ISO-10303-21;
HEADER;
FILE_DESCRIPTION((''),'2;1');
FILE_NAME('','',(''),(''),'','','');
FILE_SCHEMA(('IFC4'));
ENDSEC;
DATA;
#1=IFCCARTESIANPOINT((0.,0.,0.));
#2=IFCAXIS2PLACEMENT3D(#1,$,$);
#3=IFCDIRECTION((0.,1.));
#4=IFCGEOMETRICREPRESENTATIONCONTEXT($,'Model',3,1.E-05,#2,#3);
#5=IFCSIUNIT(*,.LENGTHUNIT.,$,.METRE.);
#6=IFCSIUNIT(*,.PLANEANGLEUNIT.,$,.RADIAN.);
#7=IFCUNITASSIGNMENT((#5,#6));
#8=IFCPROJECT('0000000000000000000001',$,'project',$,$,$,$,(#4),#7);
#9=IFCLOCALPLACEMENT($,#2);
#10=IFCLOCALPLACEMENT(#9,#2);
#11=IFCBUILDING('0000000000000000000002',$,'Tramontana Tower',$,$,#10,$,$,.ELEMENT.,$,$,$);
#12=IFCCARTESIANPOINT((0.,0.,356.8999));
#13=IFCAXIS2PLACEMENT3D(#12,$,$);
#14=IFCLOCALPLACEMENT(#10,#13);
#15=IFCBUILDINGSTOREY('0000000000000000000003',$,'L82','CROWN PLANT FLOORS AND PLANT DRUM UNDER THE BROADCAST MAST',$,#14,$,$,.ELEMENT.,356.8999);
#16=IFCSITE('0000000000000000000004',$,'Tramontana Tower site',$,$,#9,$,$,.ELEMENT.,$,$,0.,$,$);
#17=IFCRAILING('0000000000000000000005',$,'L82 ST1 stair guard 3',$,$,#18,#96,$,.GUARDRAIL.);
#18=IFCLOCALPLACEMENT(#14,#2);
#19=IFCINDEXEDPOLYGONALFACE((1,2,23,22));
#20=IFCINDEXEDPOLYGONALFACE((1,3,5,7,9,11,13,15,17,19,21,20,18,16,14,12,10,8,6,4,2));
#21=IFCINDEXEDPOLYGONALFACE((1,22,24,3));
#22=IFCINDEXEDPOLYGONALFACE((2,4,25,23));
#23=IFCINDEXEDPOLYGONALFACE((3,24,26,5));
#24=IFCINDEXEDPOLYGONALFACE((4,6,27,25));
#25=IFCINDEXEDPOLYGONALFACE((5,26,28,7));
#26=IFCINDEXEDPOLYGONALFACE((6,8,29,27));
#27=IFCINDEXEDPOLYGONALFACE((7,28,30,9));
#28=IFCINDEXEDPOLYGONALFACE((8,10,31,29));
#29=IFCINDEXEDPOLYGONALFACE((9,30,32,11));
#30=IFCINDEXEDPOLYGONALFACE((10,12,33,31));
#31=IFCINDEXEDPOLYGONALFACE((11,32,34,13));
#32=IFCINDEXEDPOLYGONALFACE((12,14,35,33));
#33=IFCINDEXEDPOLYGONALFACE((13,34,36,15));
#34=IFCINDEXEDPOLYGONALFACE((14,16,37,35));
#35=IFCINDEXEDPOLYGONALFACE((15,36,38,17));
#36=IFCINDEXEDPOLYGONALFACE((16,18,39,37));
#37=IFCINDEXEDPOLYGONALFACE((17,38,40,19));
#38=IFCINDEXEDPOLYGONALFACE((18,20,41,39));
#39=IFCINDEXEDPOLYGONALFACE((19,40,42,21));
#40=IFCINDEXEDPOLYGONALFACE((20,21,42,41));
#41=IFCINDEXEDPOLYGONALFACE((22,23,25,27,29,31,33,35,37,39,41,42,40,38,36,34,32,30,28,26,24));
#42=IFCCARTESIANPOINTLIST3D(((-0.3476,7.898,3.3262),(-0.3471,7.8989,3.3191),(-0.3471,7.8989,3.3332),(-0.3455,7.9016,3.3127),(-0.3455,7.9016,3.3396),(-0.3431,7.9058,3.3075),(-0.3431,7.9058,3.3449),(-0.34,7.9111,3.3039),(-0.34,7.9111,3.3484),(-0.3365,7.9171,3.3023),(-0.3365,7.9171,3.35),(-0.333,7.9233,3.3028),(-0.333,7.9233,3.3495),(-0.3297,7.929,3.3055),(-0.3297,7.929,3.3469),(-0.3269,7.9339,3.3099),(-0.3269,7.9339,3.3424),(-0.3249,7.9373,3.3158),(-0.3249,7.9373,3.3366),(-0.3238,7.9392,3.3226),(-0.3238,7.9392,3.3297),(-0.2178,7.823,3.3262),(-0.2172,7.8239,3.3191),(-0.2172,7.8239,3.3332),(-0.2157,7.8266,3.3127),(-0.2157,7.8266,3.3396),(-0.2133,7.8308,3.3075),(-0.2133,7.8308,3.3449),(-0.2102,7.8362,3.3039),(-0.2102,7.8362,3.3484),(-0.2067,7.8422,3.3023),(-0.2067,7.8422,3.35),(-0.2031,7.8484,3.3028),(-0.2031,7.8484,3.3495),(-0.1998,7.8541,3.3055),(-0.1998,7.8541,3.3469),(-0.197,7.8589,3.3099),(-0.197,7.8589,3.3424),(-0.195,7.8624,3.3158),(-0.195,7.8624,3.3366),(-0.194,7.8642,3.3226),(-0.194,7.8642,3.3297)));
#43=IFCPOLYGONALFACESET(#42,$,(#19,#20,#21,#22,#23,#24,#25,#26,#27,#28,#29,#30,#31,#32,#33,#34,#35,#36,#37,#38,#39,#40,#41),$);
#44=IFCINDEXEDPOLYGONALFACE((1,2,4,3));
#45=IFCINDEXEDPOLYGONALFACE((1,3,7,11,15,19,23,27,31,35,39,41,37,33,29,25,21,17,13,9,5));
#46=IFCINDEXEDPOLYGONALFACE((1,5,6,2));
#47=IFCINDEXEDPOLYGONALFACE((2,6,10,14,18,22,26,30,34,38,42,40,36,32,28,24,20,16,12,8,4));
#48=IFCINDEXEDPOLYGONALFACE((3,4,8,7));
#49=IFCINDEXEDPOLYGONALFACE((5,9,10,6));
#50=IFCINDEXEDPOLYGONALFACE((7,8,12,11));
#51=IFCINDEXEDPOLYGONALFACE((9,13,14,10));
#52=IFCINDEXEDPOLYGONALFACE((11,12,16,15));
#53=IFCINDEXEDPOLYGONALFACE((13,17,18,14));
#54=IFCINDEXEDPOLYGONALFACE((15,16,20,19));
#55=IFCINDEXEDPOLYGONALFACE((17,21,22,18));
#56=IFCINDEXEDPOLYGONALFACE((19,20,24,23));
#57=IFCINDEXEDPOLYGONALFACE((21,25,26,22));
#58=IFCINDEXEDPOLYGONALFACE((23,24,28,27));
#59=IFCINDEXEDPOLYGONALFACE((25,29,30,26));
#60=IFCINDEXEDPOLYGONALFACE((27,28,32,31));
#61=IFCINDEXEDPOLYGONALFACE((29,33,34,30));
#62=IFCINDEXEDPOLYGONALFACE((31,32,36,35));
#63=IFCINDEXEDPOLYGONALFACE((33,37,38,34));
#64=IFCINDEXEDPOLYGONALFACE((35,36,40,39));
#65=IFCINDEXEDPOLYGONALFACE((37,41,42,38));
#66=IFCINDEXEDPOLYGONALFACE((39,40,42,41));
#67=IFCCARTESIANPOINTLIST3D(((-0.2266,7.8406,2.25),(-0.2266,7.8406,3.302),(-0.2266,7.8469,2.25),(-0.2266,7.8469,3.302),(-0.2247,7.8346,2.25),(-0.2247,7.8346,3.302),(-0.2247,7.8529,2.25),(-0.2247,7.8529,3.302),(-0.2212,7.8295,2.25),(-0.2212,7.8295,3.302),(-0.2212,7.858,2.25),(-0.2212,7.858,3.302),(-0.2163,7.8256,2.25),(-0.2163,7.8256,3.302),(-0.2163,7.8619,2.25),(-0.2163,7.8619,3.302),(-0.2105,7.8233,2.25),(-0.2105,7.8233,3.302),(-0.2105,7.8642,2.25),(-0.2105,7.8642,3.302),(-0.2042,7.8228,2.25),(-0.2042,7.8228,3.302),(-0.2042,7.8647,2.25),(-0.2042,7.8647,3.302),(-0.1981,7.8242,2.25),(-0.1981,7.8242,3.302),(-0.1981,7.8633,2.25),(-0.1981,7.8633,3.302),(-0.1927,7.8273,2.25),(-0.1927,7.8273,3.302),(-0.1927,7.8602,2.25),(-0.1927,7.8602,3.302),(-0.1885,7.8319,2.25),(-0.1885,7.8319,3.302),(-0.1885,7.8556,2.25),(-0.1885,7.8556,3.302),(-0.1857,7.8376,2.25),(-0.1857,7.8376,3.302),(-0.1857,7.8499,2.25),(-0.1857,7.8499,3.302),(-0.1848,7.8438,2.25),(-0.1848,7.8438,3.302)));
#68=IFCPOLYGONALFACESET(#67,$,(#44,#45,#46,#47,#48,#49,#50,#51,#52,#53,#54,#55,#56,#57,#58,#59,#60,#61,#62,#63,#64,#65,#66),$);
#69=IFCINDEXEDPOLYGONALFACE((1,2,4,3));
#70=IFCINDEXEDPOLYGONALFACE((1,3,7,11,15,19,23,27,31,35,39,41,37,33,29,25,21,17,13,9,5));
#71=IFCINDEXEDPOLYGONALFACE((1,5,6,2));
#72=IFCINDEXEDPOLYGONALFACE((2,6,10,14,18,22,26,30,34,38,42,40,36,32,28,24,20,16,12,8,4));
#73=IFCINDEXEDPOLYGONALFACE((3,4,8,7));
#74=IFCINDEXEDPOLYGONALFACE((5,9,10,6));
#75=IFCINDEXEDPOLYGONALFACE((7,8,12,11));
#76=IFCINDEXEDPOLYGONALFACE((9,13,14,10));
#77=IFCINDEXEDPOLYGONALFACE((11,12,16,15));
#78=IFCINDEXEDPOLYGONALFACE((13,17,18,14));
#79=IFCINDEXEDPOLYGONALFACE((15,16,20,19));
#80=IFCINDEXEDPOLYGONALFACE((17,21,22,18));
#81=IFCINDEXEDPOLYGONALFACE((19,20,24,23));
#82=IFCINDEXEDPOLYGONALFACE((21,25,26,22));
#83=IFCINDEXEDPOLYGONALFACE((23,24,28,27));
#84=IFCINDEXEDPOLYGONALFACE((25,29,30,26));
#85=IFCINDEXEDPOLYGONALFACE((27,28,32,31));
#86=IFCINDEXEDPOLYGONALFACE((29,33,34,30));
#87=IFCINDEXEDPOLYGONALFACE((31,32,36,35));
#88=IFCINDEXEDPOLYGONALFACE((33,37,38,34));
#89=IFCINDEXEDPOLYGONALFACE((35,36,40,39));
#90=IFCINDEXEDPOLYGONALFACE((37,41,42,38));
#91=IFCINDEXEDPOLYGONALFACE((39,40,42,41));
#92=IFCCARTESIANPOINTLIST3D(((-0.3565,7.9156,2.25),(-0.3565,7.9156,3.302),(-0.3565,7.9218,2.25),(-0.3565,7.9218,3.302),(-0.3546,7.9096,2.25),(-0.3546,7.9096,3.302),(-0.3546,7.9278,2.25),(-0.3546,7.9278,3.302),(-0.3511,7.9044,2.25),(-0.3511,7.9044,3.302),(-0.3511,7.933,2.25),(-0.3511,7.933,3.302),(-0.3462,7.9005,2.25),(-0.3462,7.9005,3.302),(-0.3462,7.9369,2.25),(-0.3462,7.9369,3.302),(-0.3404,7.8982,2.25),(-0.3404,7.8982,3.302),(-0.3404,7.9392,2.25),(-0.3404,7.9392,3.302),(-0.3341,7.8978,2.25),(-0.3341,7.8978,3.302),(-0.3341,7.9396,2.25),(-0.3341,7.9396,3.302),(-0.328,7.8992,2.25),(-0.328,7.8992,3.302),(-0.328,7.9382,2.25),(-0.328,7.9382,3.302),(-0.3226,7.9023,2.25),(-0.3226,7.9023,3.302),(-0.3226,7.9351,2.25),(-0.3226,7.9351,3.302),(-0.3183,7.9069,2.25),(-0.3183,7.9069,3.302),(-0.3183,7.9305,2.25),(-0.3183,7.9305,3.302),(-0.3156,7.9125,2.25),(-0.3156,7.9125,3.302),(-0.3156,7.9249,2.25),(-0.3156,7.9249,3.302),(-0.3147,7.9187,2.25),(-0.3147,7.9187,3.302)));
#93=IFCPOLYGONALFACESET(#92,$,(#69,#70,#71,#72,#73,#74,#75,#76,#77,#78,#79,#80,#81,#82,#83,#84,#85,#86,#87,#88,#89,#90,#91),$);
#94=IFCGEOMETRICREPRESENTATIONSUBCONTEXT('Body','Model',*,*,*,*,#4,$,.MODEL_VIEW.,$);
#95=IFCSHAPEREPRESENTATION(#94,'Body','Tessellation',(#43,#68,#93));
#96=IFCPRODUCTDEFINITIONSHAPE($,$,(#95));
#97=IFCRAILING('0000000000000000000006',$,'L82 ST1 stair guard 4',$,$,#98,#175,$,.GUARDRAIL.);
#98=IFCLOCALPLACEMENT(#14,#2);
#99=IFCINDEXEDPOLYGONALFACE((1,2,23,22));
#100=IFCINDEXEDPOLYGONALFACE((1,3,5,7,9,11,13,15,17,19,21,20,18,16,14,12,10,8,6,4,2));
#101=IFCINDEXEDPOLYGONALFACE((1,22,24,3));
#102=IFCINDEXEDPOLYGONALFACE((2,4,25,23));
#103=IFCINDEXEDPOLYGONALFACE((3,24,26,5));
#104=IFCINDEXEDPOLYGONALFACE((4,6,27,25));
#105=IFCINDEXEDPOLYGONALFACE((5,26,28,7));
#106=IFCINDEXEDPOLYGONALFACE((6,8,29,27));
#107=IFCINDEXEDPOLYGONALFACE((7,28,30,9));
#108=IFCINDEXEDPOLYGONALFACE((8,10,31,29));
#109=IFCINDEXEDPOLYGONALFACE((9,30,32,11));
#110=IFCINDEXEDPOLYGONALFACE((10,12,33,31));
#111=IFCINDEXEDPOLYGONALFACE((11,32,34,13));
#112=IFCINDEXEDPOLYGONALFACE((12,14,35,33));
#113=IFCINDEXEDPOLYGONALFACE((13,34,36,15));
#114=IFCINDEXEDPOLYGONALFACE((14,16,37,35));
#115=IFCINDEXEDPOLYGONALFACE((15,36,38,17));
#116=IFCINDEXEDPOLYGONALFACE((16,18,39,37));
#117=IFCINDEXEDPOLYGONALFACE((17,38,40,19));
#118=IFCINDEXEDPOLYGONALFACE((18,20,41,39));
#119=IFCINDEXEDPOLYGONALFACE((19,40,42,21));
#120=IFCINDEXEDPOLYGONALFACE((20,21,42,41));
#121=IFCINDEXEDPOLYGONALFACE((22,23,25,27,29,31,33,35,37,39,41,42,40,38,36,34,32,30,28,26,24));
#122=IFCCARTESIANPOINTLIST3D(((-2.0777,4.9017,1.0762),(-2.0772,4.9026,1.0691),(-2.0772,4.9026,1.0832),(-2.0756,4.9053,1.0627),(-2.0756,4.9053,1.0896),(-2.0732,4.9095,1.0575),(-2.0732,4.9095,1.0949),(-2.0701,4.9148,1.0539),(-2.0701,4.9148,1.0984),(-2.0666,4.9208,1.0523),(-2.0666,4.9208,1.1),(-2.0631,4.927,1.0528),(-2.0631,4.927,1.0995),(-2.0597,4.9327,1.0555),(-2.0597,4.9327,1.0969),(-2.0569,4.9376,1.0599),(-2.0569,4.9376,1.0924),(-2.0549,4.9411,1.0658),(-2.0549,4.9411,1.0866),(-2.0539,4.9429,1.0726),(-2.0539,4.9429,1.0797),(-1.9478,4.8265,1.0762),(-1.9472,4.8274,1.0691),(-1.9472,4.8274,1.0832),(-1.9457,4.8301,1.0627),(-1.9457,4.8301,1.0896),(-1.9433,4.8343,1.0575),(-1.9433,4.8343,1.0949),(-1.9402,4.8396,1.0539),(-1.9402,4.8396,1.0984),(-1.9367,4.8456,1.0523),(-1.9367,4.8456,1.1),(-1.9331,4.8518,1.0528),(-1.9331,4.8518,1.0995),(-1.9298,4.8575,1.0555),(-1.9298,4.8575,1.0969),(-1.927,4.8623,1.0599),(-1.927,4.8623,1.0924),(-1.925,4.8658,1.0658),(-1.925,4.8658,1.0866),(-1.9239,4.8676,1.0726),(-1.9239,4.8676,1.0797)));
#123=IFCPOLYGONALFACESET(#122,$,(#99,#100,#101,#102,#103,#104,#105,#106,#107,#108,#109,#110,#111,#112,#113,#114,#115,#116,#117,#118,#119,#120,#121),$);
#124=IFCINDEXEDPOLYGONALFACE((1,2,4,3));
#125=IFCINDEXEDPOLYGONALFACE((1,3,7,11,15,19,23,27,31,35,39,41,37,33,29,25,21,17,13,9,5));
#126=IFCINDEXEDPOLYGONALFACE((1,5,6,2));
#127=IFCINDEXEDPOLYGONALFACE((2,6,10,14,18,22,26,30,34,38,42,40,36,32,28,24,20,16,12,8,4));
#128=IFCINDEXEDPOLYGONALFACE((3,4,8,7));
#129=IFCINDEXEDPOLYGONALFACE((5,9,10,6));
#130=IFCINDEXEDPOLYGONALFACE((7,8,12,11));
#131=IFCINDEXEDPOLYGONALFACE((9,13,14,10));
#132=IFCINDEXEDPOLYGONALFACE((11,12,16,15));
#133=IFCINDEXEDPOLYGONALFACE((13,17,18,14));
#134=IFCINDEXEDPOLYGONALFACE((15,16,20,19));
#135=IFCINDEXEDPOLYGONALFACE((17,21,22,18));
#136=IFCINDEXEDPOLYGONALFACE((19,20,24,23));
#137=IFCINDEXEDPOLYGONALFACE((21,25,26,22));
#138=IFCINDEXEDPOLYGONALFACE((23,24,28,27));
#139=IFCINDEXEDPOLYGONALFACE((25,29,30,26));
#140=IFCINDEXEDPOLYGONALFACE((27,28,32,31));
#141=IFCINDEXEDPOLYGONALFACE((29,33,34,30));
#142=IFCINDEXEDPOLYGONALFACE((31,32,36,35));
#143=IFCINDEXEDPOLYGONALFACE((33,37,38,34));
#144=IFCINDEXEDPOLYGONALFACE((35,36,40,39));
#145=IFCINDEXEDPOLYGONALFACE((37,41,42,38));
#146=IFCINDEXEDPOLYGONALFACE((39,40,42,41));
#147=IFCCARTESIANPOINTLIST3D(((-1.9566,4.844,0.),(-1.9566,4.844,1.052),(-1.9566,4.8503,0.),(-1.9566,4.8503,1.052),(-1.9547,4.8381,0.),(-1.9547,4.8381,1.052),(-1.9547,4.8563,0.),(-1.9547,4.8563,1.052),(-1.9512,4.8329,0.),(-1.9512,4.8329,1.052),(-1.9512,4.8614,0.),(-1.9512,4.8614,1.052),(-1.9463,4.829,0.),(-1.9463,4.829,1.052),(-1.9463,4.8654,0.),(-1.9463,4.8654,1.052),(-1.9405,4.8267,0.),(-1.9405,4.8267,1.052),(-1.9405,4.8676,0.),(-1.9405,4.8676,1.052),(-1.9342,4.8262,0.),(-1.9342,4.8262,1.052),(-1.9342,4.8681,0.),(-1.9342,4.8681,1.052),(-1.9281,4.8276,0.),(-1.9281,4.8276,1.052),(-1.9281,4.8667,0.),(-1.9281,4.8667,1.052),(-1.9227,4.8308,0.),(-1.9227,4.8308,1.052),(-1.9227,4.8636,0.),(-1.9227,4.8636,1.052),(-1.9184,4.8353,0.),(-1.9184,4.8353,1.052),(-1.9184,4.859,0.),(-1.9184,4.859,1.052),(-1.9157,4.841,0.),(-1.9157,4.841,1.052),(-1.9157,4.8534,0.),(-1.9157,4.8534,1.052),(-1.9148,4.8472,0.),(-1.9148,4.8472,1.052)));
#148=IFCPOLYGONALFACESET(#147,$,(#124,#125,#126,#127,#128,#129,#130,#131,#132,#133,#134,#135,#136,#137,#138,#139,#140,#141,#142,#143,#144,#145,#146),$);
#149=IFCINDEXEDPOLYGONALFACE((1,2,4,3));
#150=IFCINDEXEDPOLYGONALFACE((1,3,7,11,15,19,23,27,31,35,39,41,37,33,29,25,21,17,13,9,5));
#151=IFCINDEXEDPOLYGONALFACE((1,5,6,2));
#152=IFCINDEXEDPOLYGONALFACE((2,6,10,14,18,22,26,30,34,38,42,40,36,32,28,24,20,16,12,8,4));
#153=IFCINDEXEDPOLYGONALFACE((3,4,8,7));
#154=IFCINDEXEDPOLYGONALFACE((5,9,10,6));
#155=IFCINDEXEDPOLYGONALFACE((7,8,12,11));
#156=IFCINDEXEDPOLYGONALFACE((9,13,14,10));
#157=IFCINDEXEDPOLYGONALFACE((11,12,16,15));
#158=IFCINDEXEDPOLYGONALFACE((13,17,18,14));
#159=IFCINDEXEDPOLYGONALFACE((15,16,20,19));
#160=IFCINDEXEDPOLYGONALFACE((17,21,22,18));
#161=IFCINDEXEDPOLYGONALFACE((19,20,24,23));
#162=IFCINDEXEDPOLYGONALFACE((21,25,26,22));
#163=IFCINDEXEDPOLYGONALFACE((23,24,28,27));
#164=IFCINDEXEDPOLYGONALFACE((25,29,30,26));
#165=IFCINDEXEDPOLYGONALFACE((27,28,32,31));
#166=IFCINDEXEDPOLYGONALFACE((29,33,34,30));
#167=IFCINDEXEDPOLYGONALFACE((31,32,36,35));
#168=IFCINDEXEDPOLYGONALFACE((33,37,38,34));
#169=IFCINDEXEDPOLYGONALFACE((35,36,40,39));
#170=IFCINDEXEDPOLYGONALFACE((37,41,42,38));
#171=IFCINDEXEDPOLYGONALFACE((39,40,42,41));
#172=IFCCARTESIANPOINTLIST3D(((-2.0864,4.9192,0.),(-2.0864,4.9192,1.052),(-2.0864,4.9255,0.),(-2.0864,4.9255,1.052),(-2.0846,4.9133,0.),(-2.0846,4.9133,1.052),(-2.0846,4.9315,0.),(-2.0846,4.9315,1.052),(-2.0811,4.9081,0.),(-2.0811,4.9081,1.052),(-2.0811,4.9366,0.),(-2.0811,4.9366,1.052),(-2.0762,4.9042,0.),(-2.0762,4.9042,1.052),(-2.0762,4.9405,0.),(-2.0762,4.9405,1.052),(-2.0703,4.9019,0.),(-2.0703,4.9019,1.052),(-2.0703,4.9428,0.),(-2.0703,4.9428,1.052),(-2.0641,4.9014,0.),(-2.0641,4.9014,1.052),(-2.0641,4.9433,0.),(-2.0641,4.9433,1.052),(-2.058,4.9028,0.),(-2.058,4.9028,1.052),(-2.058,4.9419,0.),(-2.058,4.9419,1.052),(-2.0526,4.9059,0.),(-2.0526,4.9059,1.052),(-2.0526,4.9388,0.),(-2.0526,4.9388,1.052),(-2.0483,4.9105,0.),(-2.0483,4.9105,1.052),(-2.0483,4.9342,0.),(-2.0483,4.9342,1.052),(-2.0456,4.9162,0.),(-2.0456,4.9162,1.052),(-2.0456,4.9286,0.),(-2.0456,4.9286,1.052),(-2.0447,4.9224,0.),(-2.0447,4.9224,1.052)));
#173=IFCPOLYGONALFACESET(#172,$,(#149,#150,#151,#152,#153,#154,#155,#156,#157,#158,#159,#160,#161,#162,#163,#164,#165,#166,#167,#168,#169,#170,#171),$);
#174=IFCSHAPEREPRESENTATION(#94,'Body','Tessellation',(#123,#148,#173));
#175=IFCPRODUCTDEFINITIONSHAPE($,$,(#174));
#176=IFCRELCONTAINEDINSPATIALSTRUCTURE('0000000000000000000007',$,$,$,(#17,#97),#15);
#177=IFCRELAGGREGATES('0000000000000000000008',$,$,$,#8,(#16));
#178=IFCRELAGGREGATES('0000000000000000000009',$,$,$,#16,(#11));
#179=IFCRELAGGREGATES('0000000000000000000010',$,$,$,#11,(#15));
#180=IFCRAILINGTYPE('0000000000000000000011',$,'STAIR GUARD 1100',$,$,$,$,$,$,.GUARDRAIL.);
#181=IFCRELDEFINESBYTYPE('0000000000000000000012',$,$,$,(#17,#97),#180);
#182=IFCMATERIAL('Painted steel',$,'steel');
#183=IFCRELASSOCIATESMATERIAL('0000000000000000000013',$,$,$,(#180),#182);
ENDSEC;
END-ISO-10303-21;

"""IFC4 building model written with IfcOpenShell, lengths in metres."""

from ifc_helpers import new_model, si_unit, direction, frame, origin, origin_2d, place, context, subcontext, project, spatial, circle, extrude, material, type_object, element, save


model = new_model("IFC4")

# Units and contexts
model_context = context("Model", 3, precision=1e-05, world=origin(), true_north=direction((0.0, 1.0)))
body_context = subcontext(model_context, "Body", "Model", "MODEL_VIEW")
ifc_project = project(units=[si_unit("LENGTHUNIT", "METRE"), si_unit("PLANEANGLEUNIT", "RADIAN")], contexts=[model_context])

# Site, building, storey
site_placement = place(None, origin())
site = spatial("IfcSite", under=ifc_project, at=site_placement, Name="Tramontana Tower site", CompositionType="ELEMENT", RefElevation=0.0)
building_placement = place(site_placement, origin())
building = spatial("IfcBuilding", under=site, at=building_placement, Name="Tramontana Tower", CompositionType="ELEMENT")
storey_placement = place(building_placement, frame((0.0, 0.0, 356.8999)))
storey = spatial("IfcBuildingStorey", under=building, at=storey_placement, Name="L82", Description="CROWN PLANT FLOORS AND PLANT DRUM UNDER THE BROADCAST MAST", CompositionType="ELEMENT", Elevation=356.8999)

# Railings
ifc_material_1 = material(Name="Painted steel", Category="steel")
railing_type_1 = type_object("IfcRailingType", Name="STAIR GUARD 1100", PredefinedType="GUARDRAIL", material=ifc_material_1)
railing_1_placement = place(storey_placement, frame((-0.2058, 7.8438, 2.25)))
element("IfcRailing", 1, at=railing_1_placement, inside=storey, type_object=railing_type_1, Name="L82 ST1 stair guard 3", PredefinedType="GUARDRAIL", context=body_context, shape_type="SweptSolid", body=[
    extrude(circle(Radius=0.0239, at=origin_2d()), frame((0.0, 0.0, 1.0762), z_axis=(-0.866131, 0.499816, 0.0), x_axis=(-0.499816, -0.866131, 0.0)), (0.0, 0.0, 1.0), 0.1499),
    extrude(circle(Radius=0.021, at=origin_2d()), origin(), (0.0, 0.0, 1.0), 1.052),
    extrude(circle(Radius=0.021, at=origin_2d()), frame((-0.1299, 0.075, 0.0)), (0.0, 0.0, 1.0), 1.052),
])
railing_2_placement = place(storey_placement, frame((-1.9358, 4.8472, 0.0)))
element("IfcRailing", 2, at=railing_2_placement, inside=storey, type_object=railing_type_1, Name="L82 ST1 stair guard 4", PredefinedType="GUARDRAIL", context=body_context, shape_type="SweptSolid", body=[
    extrude(circle(Radius=0.0239, at=origin_2d()), frame((0.0, 0.0, 1.0762), z_axis=(-0.865426, 0.501036, 0.0), x_axis=(-0.501036, -0.865426, 0.0)), (0.0, 0.0, 1.0), 0.1501),
    extrude(circle(Radius=0.021, at=origin_2d()), origin(), (0.0, 0.0, 1.0), 1.052),
    extrude(circle(Radius=0.021, at=origin_2d()), frame((-0.1299, 0.0752, 0.0)), (0.0, 0.0, 1.0), 1.052),
])

save(model, "model.ifc")
